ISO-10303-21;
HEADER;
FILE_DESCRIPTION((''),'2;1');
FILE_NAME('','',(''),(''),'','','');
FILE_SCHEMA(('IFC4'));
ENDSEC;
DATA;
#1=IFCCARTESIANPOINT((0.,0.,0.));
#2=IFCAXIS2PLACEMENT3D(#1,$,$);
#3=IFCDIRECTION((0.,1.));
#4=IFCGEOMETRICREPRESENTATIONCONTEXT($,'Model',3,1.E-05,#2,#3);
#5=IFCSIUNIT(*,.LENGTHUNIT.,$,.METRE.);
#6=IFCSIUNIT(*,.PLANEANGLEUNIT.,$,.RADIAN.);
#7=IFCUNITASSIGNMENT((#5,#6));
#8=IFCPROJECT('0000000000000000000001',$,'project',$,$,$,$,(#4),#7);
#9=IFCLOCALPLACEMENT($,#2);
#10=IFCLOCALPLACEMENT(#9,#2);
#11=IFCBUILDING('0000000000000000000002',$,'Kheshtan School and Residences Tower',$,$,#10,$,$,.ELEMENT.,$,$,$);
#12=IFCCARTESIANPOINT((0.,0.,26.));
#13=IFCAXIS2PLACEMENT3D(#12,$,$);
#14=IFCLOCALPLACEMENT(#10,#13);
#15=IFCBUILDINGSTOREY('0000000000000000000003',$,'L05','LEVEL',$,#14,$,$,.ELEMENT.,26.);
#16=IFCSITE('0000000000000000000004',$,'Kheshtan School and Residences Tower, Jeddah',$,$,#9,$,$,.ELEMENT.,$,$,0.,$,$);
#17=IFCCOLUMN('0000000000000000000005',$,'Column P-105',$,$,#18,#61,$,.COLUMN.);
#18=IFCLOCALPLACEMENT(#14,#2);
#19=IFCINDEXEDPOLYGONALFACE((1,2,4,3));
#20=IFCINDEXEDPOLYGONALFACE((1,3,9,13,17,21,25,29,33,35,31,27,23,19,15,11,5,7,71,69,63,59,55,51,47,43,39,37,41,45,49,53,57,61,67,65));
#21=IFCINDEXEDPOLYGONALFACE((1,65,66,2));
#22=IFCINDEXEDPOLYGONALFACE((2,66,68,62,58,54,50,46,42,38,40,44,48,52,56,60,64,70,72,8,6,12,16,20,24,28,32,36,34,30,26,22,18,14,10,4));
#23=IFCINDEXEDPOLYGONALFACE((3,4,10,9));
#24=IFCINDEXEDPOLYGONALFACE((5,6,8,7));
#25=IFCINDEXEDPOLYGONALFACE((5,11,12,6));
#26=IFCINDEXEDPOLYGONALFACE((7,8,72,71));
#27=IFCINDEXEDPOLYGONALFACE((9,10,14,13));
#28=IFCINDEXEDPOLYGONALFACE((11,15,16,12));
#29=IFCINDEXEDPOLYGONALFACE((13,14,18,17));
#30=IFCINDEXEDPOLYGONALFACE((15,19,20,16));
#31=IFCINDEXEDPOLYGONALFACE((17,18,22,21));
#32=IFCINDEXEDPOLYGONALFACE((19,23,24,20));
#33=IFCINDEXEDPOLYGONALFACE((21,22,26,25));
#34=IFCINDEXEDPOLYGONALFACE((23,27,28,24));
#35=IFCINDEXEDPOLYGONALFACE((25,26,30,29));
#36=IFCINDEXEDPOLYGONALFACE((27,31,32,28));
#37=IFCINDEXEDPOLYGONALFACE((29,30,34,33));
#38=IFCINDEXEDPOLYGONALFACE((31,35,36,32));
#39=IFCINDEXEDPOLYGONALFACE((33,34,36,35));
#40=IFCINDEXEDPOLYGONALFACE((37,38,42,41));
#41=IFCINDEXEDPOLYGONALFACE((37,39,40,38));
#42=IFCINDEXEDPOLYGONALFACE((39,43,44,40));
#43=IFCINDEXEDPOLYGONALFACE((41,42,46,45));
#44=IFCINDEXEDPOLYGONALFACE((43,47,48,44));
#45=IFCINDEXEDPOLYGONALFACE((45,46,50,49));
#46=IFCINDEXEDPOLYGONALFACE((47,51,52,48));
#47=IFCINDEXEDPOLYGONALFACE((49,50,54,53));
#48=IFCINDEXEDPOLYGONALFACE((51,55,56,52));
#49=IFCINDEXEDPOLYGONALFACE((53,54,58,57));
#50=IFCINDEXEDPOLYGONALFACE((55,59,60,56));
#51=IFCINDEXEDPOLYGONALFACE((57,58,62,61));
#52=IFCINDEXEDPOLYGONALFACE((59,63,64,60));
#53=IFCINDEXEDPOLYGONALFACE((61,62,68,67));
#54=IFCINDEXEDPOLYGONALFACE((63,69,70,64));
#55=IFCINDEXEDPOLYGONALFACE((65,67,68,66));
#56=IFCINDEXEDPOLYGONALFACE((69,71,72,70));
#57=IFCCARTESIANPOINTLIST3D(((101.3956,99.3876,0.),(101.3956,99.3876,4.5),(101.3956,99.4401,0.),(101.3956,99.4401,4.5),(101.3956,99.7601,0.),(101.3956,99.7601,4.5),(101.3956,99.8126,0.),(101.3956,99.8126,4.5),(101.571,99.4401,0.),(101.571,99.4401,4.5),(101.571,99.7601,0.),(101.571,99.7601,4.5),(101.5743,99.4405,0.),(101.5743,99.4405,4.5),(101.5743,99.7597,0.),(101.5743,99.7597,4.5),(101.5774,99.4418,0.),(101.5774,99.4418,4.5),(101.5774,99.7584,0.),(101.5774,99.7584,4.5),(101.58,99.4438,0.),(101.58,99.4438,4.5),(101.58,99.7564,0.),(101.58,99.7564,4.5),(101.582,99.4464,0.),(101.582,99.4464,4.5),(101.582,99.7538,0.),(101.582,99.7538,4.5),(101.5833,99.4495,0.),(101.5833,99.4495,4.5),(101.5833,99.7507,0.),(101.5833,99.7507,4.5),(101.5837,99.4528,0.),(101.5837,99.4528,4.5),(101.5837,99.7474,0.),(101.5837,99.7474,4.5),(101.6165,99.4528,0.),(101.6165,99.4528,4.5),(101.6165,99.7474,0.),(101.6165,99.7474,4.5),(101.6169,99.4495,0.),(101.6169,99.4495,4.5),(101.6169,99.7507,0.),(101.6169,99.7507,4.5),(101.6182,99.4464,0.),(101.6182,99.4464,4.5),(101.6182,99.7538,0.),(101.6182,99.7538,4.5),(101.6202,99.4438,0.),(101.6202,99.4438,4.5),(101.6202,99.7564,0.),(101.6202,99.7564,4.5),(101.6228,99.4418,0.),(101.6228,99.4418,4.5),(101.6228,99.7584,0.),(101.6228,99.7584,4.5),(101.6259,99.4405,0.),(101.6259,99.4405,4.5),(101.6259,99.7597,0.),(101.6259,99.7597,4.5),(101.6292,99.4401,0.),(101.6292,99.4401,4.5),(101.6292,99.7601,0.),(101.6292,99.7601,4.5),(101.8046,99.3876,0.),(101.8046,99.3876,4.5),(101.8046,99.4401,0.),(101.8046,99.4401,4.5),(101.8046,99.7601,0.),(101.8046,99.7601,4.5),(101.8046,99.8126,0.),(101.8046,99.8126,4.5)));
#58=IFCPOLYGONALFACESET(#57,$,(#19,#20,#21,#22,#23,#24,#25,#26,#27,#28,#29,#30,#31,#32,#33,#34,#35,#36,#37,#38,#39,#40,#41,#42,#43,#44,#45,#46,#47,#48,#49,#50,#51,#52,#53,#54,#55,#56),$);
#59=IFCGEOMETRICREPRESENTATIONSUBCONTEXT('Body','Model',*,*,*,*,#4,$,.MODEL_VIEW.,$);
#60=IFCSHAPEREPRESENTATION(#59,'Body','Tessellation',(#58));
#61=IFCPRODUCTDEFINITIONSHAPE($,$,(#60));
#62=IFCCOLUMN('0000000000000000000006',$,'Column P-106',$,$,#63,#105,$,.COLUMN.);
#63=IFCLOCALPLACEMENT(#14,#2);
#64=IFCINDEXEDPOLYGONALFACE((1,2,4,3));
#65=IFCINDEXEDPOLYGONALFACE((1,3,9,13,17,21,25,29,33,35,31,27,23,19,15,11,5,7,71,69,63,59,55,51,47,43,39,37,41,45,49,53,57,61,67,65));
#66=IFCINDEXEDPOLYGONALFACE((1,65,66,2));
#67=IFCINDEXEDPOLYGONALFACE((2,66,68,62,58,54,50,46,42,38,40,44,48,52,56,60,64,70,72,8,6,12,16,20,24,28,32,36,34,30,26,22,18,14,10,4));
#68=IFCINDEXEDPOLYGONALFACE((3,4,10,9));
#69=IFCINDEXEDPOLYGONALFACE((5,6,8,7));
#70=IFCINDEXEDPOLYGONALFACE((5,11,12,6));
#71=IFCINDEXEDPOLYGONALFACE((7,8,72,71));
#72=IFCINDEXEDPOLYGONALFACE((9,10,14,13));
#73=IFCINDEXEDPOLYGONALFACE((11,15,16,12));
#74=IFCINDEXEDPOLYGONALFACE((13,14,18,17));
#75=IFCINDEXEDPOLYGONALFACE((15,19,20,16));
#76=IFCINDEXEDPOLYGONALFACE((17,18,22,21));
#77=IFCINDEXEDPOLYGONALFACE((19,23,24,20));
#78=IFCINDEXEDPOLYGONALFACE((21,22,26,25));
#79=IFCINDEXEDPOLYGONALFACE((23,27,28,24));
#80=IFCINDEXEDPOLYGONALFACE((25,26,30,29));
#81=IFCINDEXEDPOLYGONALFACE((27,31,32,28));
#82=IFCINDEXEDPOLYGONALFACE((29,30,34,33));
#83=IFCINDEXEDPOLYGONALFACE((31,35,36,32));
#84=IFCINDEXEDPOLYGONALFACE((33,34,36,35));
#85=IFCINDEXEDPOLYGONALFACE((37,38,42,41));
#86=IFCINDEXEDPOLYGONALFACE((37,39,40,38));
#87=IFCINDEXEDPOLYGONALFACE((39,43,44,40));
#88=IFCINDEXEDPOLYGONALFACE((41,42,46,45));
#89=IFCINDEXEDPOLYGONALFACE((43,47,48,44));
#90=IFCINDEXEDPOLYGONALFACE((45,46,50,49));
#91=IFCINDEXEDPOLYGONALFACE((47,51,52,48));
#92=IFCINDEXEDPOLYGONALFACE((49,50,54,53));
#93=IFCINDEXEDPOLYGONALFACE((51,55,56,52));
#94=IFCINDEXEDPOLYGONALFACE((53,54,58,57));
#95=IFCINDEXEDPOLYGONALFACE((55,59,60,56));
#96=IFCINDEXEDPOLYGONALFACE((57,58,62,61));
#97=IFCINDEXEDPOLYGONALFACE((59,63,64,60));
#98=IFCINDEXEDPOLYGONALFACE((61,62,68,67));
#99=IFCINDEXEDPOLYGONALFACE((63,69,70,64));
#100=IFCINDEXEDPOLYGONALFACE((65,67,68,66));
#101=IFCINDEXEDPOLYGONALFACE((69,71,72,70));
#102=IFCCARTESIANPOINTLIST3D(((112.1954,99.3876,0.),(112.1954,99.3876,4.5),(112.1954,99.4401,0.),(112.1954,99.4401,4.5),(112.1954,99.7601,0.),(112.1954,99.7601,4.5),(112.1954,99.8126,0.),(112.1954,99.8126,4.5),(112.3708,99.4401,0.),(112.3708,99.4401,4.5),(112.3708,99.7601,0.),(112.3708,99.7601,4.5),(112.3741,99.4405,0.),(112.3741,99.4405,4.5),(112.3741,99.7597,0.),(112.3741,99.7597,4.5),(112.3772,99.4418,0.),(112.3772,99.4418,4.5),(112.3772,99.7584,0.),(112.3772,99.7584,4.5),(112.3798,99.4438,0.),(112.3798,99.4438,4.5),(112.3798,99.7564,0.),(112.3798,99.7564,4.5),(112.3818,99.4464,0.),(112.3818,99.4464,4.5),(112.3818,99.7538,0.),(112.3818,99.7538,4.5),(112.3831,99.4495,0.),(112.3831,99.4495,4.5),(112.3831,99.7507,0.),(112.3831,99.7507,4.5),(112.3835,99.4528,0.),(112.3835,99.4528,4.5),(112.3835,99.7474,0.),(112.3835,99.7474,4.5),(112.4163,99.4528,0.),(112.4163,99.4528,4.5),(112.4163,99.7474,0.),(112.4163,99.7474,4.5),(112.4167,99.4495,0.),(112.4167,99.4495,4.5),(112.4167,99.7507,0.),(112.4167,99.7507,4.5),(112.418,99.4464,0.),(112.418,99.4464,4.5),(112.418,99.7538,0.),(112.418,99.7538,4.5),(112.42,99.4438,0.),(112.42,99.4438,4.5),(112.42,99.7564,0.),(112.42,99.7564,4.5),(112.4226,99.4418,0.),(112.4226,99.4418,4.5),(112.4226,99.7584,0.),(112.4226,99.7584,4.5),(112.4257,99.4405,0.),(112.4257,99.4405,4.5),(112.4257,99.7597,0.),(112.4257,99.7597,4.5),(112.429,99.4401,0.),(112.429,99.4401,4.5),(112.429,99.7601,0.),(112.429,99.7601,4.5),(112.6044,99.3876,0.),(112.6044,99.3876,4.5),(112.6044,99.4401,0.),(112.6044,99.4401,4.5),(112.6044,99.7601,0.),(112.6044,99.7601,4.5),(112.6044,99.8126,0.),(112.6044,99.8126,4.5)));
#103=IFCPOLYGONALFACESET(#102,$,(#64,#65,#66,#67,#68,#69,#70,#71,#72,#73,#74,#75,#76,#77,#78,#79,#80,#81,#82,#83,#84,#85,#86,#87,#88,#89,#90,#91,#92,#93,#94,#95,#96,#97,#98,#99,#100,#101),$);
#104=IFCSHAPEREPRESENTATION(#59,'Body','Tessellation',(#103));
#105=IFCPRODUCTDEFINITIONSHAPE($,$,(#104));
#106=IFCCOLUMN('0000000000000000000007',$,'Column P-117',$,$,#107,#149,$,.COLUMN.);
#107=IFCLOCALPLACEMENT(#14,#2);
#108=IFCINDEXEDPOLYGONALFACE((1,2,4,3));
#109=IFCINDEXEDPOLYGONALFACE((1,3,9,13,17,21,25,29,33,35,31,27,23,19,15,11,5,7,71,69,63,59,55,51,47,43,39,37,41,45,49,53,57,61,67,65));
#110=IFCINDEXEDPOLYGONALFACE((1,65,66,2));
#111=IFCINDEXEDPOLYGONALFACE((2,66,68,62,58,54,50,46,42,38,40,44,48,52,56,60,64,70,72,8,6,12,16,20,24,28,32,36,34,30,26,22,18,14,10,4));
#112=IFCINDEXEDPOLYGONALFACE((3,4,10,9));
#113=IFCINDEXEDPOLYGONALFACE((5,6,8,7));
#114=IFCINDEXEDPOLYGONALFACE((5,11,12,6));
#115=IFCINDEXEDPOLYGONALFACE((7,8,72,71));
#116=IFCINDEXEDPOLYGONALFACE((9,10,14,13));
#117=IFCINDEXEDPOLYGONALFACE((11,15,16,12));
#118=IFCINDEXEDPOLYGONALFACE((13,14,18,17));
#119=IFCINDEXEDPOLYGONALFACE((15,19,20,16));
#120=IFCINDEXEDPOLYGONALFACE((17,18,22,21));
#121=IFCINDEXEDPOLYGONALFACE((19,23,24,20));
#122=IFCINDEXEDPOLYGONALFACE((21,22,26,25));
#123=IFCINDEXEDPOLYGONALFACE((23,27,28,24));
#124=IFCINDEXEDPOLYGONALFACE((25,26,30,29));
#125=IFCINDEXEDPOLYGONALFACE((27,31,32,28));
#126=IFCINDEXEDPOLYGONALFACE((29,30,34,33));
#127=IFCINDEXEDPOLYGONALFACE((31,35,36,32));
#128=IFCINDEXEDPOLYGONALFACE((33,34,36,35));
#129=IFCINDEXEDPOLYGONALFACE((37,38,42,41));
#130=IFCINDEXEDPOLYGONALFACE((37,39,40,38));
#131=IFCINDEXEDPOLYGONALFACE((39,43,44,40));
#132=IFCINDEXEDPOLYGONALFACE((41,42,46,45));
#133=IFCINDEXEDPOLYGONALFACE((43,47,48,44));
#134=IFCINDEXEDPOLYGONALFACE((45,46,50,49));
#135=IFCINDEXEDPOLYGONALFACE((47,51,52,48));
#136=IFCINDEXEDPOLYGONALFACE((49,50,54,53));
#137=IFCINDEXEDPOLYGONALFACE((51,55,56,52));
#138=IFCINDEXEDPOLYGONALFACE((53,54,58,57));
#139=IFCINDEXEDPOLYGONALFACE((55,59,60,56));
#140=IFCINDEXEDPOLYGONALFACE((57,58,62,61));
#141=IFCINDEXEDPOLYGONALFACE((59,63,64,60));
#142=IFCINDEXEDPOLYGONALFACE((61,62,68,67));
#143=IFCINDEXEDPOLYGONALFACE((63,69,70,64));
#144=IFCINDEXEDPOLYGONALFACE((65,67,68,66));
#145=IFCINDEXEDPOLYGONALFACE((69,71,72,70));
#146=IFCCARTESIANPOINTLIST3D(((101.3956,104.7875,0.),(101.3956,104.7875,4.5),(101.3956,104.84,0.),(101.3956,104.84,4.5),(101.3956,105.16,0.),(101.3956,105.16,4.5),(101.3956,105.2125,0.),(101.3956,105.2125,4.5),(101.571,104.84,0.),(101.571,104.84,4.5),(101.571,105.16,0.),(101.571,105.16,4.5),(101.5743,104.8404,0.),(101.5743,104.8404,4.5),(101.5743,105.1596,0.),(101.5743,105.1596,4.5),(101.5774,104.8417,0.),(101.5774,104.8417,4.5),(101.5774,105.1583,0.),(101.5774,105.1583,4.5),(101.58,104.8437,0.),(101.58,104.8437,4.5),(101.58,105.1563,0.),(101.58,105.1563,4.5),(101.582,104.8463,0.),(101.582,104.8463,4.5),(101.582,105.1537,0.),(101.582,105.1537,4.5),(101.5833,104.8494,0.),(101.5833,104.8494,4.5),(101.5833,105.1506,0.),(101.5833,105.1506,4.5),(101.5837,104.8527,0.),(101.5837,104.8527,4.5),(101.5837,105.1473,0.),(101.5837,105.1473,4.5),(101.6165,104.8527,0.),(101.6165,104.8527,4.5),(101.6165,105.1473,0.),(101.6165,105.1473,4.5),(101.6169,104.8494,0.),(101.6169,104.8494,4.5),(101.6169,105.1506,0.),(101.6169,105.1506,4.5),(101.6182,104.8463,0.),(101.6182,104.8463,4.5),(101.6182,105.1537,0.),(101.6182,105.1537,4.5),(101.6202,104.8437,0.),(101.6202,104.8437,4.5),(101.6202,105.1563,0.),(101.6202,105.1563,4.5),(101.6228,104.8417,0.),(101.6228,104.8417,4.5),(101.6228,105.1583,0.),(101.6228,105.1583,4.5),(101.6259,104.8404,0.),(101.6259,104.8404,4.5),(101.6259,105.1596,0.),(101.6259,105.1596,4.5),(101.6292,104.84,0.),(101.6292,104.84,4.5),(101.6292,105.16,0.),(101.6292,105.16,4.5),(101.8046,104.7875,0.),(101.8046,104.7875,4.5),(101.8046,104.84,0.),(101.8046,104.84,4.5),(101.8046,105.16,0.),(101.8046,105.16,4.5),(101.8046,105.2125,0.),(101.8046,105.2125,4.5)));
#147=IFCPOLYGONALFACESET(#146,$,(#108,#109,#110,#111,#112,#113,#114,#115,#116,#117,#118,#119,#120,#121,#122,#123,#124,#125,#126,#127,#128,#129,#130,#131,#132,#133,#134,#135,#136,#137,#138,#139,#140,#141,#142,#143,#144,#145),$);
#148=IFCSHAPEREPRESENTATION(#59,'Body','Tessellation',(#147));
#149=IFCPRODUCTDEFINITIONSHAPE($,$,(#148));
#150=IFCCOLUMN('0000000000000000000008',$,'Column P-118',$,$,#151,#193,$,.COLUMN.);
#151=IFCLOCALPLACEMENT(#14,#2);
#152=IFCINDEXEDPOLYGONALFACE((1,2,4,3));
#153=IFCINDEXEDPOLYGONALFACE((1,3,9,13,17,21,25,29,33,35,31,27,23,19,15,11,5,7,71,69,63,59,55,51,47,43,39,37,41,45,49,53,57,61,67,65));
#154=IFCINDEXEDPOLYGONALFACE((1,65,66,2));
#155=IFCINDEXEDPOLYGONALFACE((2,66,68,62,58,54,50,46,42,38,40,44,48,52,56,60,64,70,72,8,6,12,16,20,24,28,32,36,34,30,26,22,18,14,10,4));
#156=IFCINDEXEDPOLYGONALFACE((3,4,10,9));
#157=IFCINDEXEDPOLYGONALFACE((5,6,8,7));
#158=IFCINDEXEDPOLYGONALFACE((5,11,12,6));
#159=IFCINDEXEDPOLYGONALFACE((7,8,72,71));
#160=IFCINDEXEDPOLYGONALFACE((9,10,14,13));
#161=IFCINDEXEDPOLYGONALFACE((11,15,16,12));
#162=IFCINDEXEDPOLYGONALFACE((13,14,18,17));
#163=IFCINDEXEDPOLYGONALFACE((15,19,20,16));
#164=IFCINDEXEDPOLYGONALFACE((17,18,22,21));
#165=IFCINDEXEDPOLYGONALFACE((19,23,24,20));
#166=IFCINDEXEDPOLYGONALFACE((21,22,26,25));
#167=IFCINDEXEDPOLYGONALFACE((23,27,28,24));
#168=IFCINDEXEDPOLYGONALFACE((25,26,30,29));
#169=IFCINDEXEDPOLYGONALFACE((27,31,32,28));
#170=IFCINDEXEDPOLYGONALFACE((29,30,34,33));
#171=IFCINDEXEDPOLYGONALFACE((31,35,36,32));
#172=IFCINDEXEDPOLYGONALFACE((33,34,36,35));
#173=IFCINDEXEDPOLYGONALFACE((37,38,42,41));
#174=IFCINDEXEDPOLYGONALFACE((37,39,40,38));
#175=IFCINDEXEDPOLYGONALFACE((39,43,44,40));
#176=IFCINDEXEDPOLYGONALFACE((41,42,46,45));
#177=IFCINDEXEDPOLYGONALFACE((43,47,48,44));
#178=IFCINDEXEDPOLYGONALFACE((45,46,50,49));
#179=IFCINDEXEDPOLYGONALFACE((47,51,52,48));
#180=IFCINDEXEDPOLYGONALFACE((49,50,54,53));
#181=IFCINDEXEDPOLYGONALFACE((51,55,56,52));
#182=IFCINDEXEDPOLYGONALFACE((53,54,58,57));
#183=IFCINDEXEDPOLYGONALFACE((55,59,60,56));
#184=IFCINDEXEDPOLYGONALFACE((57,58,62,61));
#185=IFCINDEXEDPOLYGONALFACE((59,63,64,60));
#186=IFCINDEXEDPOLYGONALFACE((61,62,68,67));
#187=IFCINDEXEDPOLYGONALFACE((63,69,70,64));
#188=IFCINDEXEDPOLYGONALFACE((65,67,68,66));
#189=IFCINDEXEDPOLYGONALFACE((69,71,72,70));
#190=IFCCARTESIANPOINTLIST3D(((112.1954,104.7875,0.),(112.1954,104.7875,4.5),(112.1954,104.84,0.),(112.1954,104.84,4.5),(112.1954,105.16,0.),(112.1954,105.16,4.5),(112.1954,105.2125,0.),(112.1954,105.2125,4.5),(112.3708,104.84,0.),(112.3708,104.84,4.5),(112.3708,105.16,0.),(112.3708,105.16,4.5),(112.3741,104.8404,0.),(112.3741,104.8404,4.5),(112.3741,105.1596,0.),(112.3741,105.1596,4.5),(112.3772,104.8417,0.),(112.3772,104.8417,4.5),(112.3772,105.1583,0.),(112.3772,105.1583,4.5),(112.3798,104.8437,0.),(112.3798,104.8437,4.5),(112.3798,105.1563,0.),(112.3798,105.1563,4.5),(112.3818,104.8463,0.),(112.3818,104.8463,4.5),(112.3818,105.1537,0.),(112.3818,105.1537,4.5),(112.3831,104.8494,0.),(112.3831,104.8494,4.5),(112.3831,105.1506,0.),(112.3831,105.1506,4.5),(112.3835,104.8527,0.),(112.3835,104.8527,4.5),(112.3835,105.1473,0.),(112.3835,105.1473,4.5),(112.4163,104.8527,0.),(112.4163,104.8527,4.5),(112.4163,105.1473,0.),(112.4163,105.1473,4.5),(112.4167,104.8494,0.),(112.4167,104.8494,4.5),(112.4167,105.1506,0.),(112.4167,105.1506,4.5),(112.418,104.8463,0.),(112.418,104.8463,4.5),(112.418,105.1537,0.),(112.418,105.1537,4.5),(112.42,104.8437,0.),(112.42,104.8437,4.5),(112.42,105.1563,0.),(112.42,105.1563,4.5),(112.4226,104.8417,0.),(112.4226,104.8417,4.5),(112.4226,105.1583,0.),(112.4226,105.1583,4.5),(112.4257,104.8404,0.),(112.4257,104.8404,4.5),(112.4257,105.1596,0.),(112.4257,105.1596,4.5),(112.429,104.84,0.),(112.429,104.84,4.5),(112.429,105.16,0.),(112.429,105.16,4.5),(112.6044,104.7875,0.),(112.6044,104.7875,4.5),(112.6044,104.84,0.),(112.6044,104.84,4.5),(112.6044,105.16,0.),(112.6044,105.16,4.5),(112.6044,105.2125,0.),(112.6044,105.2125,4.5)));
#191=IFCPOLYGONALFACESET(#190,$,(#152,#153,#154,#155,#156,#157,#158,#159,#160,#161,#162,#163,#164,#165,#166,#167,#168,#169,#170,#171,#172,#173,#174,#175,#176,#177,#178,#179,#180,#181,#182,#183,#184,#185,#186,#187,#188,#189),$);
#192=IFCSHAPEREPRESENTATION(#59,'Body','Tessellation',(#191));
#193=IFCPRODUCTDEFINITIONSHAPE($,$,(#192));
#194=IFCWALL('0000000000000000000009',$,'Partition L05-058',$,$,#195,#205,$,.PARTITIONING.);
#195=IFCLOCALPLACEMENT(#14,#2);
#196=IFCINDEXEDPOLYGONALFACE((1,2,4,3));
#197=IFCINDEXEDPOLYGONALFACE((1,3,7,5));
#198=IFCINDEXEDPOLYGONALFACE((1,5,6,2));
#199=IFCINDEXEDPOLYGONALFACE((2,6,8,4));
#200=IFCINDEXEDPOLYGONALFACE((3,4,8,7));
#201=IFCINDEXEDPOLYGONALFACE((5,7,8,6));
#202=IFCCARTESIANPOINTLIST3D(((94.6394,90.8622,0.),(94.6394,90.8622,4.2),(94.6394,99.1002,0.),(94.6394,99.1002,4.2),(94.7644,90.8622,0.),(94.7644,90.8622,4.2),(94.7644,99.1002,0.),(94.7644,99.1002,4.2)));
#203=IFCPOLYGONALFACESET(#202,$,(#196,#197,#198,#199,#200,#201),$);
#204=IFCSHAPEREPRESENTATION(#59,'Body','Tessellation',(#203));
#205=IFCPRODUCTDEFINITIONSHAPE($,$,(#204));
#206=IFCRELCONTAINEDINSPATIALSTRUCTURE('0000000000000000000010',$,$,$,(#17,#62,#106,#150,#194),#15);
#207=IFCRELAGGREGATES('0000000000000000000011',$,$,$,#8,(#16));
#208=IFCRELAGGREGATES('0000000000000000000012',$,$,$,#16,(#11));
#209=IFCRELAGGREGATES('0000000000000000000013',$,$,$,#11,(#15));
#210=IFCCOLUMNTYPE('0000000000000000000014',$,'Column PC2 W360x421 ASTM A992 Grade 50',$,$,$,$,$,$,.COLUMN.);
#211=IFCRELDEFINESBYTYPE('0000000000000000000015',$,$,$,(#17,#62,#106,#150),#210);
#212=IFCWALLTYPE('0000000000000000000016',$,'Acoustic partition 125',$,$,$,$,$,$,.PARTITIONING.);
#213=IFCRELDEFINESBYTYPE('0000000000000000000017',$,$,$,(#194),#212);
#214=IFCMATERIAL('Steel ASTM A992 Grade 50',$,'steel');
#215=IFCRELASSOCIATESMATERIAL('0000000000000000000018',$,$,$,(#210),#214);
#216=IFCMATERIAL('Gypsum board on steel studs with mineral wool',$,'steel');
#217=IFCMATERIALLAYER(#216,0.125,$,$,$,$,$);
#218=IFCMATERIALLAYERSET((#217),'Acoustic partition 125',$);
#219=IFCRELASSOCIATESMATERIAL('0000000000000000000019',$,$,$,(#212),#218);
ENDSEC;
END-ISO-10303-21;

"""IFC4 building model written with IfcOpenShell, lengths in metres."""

from ifc_helpers import new_model, si_unit, direction, frame, frame_2d, origin, origin_2d, place, context, subcontext, project, spatial, rectangle, i_section, extrude, material, layer, layer_set, material_profile, profile_set, type_object, element, save


model = new_model("IFC4")

# Units and contexts
model_context = context("Model", 3, precision=1e-05, world=origin(), true_north=direction((0.0, 1.0)))
body_context = subcontext(model_context, "Body", "Model", "MODEL_VIEW")
ifc_project = project(units=[si_unit("LENGTHUNIT", "METRE"), si_unit("PLANEANGLEUNIT", "RADIAN")], contexts=[model_context])

# Site, building, storey
site_placement = place(None, origin())
site = spatial("IfcSite", under=ifc_project, at=site_placement, Name="Kheshtan School and Residences Tower, Jeddah", CompositionType="ELEMENT", RefElevation=0.0)
building_placement = place(site_placement, origin())
building = spatial("IfcBuilding", under=site, at=building_placement, Name="Kheshtan School and Residences Tower", CompositionType="ELEMENT")
storey_placement = place(building_placement, frame((0.0, 0.0, 26.0)))
storey = spatial("IfcBuildingStorey", under=building, at=storey_placement, Name="L05", Description="LEVEL", CompositionType="ELEMENT", Elevation=26.0)

# Columns
ifc_material_1 = material(Name="Steel ASTM A992 Grade 50", Category="steel")
ifc_material_profile = material_profile(ifc_material_1, i_section(OverallWidth=0.4089, OverallDepth=0.425, WebThickness=0.0327, FlangeThickness=0.0525, FilletRadius=0.0127, at=origin_2d()), Name="W360x421")
ifc_profile_set = profile_set([ifc_material_profile], Name="Steel ASTM A992 Grade 50")
column_type = type_object("IfcColumnType", Name="Column PC2 W360x421 ASTM A992 Grade 50", PredefinedType="COLUMN", material=ifc_profile_set)
for number, where, z_axis, x_axis, name in (
    (1, (101.6001, 99.6001, 0.0), (0.0, 0.0, 1.0), (1.0, 0.0, 0.0), "Column P-105"),
    (2, (112.3999, 99.6001, 0.0), (0.0, 0.0, 1.0), (1.0, 0.0, 0.0), "Column P-106"),
    (3, (101.6001, 105.0, 0.0), (0.0, 0.0, 1.0), (1.0, 0.0, 0.0), "Column P-117"),
    (4, (112.3999, 105.0, 0.0), (0.0, 0.0, 1.0), (1.0, 0.0, 0.0), "Column P-118"),
):
    element("IfcColumn", number, at=place(storey_placement, frame(where, z_axis=z_axis, x_axis=x_axis)), inside=storey, type_object=column_type, Name=name, PredefinedType="COLUMN", context=body_context, shape_type="SweptSolid", body=[
        extrude(i_section(OverallWidth=0.4089, OverallDepth=0.425, WebThickness=0.0327, FlangeThickness=0.0525, FilletRadius=0.0127, at=origin_2d()), origin(), (0.0, 0.0, 1.0), 4.5),
    ])

# Wall
ifc_material_2 = material(Name="Gypsum board on steel studs with mineral wool", Category="steel")
ifc_layer_1 = layer(ifc_material_2, 0.125)
ifc_layer_set_1 = layer_set([ifc_layer_1], Name="Acoustic partition 125")
wall_type_1 = type_object("IfcWallType", Name="Acoustic partition 125", PredefinedType="PARTITIONING", material=ifc_layer_set_1)
wall_1_placement = place(storey_placement, frame((94.7019, 90.8621, 0.0), z_axis=(0.0, 0.0, 1.0), x_axis=(0.0, 1.0, 0.0)))
element("IfcWall", 5, at=wall_1_placement, inside=storey, type_object=wall_type_1, Name="Partition L05-058", PredefinedType="PARTITIONING", context=body_context, shape_type="SweptSolid", body=[
    extrude(rectangle(XDim=8.238, YDim=0.125, at=frame_2d((4.1191, 0.0))), origin(), (0.0, 0.0, 1.0), 4.2),
])

save(model, "model.ifc")
